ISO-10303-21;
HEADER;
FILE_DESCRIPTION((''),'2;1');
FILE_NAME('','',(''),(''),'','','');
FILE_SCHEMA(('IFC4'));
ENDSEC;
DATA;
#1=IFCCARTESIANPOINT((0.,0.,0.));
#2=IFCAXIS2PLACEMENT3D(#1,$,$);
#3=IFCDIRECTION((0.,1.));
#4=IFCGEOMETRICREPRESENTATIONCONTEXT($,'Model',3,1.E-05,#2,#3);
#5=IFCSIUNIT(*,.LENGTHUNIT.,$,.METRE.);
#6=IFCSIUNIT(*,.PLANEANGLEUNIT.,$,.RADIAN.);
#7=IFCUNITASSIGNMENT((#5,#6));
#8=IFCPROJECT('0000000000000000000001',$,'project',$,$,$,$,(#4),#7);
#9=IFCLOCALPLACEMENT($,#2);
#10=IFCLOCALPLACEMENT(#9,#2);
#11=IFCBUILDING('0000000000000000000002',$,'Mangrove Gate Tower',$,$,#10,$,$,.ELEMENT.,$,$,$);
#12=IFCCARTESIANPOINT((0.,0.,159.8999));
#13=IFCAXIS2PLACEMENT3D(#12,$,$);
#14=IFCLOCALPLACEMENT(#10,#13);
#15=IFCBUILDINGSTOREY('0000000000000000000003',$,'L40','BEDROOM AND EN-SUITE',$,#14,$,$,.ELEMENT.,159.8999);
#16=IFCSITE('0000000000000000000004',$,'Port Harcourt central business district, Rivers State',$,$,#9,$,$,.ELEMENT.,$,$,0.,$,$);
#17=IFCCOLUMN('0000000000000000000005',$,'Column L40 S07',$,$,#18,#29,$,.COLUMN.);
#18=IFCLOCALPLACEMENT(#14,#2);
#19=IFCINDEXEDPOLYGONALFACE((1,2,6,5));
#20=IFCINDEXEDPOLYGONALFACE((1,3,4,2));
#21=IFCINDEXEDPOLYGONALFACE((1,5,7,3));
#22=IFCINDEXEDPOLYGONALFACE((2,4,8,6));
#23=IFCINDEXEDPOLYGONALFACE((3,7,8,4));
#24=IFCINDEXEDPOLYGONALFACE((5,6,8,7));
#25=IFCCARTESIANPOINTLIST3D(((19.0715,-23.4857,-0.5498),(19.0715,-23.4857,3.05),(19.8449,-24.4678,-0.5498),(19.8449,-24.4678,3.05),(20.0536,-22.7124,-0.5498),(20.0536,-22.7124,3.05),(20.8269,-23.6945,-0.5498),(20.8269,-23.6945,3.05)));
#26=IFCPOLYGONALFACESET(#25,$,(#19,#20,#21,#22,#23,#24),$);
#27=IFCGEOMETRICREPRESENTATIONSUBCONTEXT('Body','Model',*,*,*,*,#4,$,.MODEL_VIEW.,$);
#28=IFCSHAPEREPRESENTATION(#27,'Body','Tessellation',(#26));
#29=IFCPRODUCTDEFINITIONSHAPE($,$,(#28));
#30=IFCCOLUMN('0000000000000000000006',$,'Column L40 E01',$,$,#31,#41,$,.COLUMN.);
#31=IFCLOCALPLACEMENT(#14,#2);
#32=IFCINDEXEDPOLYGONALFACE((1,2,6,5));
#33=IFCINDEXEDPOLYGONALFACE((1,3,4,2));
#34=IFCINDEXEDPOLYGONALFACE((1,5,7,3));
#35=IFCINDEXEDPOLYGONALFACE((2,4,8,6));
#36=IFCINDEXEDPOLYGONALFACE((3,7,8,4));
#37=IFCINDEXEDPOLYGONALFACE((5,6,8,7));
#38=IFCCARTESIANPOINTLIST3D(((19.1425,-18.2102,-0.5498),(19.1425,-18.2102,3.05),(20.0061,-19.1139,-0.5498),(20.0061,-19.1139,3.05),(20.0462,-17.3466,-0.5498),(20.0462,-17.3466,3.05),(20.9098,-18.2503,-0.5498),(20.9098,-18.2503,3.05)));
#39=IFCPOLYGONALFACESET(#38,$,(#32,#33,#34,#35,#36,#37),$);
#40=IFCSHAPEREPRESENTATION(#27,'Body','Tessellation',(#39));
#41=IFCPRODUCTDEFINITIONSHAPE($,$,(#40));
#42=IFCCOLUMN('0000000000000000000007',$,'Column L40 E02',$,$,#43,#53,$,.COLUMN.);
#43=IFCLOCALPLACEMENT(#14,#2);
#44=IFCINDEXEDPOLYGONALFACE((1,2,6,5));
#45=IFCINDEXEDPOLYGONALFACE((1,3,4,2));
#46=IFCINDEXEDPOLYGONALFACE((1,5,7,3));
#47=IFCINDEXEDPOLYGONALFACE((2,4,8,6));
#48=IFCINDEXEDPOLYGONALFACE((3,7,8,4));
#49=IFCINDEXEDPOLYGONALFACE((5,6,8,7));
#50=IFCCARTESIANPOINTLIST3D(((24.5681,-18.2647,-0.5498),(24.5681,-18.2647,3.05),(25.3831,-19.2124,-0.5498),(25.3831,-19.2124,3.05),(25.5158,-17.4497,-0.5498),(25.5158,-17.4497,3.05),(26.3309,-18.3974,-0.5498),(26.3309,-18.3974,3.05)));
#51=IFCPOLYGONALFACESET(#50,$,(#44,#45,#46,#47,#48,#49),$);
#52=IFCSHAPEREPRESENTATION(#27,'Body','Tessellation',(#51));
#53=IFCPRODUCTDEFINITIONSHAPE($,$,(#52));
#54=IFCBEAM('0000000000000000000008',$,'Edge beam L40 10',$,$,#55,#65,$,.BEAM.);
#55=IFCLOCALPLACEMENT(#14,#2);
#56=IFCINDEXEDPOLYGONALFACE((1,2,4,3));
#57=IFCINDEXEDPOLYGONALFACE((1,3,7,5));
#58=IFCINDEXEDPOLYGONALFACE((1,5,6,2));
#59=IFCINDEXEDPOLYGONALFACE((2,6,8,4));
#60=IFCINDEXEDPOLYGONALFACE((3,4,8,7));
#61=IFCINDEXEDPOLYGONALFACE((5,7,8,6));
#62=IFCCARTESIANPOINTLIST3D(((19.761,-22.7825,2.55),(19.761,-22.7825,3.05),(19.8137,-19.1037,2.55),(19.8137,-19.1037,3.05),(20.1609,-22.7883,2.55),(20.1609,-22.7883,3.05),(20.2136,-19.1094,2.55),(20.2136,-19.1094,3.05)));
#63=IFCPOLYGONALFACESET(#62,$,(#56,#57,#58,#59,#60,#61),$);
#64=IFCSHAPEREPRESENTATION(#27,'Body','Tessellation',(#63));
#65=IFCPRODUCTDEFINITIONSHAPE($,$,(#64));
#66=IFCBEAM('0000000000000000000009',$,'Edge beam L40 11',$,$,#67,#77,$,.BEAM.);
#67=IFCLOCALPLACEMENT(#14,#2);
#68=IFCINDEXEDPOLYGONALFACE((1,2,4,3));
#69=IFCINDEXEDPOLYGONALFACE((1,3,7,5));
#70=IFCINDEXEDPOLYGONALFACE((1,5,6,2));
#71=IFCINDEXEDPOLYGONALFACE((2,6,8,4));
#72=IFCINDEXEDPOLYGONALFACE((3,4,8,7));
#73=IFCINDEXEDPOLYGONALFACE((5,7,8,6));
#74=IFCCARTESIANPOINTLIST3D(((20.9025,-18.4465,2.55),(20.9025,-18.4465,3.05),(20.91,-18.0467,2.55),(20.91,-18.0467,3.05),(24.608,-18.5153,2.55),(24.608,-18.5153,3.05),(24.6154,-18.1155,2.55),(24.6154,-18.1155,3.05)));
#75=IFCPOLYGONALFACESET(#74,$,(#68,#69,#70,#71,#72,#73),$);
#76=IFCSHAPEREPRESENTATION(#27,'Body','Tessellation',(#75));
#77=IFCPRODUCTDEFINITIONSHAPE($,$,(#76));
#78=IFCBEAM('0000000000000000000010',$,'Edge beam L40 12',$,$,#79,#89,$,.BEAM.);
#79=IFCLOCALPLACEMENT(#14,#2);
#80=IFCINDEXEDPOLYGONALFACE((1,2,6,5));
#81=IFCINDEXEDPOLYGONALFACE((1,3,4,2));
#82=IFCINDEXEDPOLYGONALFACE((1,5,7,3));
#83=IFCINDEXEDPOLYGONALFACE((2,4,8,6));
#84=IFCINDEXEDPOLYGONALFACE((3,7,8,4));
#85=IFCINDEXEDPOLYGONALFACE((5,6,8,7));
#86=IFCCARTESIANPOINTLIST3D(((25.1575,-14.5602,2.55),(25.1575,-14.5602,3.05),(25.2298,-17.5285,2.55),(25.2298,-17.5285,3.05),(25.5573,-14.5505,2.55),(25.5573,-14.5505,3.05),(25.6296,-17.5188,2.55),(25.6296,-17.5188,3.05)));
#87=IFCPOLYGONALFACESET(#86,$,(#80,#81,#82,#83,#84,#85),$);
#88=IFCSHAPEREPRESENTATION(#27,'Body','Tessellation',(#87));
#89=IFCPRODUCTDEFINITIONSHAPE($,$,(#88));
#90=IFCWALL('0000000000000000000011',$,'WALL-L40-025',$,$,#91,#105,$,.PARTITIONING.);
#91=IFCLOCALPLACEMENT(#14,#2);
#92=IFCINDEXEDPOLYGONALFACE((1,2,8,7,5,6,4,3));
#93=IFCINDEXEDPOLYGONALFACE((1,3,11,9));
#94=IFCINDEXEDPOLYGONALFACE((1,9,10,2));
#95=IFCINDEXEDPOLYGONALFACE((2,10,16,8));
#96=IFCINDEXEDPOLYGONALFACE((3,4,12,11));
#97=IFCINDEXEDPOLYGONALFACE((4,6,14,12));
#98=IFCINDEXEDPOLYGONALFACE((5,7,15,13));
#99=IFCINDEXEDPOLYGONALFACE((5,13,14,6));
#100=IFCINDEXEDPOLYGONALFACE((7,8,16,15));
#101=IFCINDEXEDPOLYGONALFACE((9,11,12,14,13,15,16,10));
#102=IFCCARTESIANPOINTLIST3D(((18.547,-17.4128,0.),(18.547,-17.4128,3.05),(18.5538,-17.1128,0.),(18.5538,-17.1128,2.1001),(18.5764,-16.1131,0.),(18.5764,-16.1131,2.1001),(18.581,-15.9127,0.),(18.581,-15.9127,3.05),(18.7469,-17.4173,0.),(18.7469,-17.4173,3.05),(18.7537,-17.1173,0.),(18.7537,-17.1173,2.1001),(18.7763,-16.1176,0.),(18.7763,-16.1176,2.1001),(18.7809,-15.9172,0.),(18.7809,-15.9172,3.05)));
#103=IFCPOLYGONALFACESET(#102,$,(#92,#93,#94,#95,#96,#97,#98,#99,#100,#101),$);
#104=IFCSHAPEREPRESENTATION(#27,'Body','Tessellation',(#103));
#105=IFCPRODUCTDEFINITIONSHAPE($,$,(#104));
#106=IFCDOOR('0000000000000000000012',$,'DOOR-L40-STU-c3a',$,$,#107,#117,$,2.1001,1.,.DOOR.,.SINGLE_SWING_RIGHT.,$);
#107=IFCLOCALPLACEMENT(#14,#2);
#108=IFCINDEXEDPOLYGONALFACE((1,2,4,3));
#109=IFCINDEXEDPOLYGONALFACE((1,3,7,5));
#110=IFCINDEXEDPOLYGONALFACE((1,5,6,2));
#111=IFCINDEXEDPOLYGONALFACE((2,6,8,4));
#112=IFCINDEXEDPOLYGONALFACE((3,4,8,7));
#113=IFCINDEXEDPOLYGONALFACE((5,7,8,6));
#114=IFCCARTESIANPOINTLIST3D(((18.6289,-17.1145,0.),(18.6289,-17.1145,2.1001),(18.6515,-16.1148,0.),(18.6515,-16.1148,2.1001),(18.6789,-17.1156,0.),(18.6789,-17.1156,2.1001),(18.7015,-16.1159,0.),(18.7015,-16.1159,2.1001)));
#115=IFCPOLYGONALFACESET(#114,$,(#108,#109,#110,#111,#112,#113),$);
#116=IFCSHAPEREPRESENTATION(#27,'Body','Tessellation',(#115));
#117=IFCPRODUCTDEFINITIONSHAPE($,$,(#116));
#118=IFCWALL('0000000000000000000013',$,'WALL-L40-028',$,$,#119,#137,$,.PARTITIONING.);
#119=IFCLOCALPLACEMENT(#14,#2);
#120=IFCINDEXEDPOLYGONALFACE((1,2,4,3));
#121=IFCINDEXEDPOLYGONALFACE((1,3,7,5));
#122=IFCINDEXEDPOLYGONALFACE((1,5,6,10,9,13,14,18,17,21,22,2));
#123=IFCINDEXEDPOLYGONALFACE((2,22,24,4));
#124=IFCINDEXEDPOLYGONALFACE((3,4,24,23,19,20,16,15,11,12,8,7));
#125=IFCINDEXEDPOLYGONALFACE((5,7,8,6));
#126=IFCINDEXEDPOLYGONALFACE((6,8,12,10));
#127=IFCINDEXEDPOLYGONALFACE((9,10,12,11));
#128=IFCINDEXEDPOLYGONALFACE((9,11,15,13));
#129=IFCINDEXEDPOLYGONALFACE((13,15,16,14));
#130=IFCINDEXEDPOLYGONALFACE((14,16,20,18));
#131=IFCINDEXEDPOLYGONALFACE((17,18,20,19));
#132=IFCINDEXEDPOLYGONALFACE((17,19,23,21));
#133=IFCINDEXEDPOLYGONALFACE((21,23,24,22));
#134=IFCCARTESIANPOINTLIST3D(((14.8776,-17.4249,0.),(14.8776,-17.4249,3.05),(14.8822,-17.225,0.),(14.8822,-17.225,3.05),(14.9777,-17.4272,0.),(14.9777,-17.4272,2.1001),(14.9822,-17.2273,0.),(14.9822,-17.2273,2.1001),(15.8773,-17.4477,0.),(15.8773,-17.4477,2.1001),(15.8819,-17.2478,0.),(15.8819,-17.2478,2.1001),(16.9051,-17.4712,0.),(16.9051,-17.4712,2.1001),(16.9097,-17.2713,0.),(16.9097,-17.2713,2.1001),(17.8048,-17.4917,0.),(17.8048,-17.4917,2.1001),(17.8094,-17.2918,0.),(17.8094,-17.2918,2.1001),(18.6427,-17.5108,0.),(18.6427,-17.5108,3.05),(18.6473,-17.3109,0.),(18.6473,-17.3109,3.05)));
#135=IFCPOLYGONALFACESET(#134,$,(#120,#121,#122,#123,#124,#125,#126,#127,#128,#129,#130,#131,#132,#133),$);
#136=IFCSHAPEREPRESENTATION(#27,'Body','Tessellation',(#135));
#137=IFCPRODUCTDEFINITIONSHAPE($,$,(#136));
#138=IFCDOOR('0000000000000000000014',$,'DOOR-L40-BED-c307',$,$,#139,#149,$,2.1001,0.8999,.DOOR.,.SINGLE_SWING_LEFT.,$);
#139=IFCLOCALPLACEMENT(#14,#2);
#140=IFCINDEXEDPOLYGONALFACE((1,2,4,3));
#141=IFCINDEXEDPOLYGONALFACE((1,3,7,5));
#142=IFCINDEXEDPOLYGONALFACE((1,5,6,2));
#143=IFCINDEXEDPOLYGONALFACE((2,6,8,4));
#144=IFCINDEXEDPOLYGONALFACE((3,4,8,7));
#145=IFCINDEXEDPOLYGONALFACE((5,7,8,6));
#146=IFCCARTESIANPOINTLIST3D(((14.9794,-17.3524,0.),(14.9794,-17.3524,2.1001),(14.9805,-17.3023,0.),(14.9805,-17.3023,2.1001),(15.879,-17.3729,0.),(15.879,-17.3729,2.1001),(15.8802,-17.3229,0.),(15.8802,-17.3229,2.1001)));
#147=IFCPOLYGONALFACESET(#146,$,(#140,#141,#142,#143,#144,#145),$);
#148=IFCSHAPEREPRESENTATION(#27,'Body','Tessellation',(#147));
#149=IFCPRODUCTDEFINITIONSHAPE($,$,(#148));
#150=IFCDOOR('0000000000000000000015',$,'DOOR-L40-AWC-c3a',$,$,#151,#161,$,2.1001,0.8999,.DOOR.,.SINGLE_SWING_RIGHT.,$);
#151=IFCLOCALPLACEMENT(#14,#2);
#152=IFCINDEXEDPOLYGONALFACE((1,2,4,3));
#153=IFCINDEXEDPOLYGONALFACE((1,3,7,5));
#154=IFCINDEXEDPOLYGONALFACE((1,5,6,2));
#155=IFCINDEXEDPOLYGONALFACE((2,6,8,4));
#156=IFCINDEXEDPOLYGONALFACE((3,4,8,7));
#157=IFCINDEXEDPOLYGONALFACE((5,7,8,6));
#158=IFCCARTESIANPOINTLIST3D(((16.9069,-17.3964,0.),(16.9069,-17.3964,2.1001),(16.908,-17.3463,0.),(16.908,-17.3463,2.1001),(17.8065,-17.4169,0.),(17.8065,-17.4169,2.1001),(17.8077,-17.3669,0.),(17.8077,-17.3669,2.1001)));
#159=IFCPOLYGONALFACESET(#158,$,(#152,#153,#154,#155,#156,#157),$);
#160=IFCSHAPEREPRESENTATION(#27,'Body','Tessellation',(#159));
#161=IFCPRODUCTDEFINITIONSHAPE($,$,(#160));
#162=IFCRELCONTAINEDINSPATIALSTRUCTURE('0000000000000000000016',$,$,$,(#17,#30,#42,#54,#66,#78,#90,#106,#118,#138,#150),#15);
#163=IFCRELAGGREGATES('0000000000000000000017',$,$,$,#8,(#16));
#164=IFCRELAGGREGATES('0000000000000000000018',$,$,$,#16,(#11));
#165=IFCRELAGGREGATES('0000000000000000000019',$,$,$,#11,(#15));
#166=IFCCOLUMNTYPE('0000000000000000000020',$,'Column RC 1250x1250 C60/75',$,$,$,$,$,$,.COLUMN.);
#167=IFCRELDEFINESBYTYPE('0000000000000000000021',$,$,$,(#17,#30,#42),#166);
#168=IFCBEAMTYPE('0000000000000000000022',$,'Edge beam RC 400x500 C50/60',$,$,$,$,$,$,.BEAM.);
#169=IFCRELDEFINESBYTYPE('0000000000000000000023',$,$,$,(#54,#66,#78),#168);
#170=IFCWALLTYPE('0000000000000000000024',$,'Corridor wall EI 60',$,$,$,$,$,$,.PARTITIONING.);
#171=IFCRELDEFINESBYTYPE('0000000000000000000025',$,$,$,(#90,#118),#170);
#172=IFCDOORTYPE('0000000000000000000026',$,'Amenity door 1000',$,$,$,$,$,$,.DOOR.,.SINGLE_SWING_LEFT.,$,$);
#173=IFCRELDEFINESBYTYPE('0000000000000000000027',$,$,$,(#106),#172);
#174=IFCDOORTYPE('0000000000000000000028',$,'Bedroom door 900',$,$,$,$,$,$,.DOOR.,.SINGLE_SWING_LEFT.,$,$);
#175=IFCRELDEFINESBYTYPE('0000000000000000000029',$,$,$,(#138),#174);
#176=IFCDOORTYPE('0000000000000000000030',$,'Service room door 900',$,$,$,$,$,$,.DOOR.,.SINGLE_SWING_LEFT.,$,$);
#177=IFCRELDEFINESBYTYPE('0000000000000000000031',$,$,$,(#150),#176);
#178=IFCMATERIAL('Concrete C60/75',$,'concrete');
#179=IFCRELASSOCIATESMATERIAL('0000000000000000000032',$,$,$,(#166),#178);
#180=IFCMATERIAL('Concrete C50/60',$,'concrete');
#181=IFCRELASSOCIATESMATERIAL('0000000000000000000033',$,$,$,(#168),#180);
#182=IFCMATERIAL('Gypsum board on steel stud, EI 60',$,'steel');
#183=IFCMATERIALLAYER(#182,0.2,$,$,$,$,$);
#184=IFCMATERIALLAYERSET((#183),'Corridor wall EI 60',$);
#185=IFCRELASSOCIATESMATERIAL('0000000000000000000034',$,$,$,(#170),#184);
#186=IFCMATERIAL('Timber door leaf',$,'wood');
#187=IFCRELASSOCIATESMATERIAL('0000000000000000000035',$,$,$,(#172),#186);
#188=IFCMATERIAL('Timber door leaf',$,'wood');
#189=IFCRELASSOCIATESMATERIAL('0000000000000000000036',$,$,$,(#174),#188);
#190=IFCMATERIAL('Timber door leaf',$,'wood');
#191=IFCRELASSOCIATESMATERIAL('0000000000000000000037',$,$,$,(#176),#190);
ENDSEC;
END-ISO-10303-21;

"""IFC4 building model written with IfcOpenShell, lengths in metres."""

from ifc_helpers import new_model, si_unit, direction, frame, frame_2d, origin, origin_2d, place, context, subcontext, project, spatial, rectangle, extrude, material, layer, layer_set, material_profile, profile_set, type_object, element, fill, save


model = new_model("IFC4")

# Units and contexts
model_context = context("Model", 3, precision=1e-05, world=origin(), true_north=direction((0.0, 1.0)))
body_context = subcontext(model_context, "Body", "Model", "MODEL_VIEW")
ifc_project = project(units=[si_unit("LENGTHUNIT", "METRE"), si_unit("PLANEANGLEUNIT", "RADIAN")], contexts=[model_context])

# Site, building, storey
site_placement = place(None, origin())
site = spatial("IfcSite", under=ifc_project, at=site_placement, Name="Port Harcourt central business district, Rivers State", CompositionType="ELEMENT", RefElevation=0.0)
building_placement = place(site_placement, origin())
building = spatial("IfcBuilding", under=site, at=building_placement, Name="Mangrove Gate Tower", CompositionType="ELEMENT")
storey_placement = place(building_placement, frame((0.0, 0.0, 159.8999)))
storey = spatial("IfcBuildingStorey", under=building, at=storey_placement, Name="L40", Description="BEDROOM AND EN-SUITE", CompositionType="ELEMENT", Elevation=159.8999)

# Columns
ifc_material_1 = material(Name="Concrete C60/75", Category="concrete")
ifc_material_profile_1 = material_profile(ifc_material_1, rectangle(XDim=1.25, YDim=1.25, at=origin_2d()))
ifc_profile_set_1 = profile_set([ifc_material_profile_1], Name="Concrete C60/75")
column_type = type_object("IfcColumnType", Name="Column RC 1250x1250 C60/75", PredefinedType="COLUMN", material=ifc_profile_set_1)
for number, where, z_axis, x_axis, name in (
    (1, (19.9492, -23.5901, -0.5498), (0.0, 0.0, 1.0), (0.785651, 0.61867, 0.0), "Column L40 S07"),
    (2, (20.0261, -18.2302, -0.5498), (0.0, 0.0, 1.0), (0.722966, 0.690884, 0.0), "Column L40 E01"),
    (3, (25.4495, -18.3311, -0.5498), (0.0, 0.0, 1.0), (0.758168, 0.65206, 0.0), "Column L40 E02"),
):
    element("IfcColumn", number, at=place(storey_placement, frame(where, z_axis=z_axis, x_axis=x_axis)), inside=storey, type_object=column_type, Name=name, PredefinedType="COLUMN", context=body_context, shape_type="SweptSolid", body=[
        extrude(rectangle(XDim=1.25, YDim=1.25, at=origin_2d()), origin(), (0.0, 0.0, 1.0), 3.5999),
    ])

# Beams
ifc_material_2 = material(Name="Concrete C50/60", Category="concrete")
ifc_material_profile_2 = material_profile(ifc_material_2, rectangle(XDim=0.3999, YDim=0.5, at=origin_2d()))
ifc_profile_set_2 = profile_set([ifc_material_profile_2], Name="Concrete C50/60")
beam_type = type_object("IfcBeamType", Name="Edge beam RC 400x500 C50/60", PredefinedType="BEAM", material=ifc_profile_set_2)
beam_1_placement = place(storey_placement, frame((19.9609, -22.7854, 2.8), z_axis=(0.014334, 0.999897, 0.0), x_axis=(-0.999897, 0.014334, 0.0)))
element("IfcBeam", 4, at=beam_1_placement, inside=storey, type_object=beam_type, Name="Edge beam L40 10", PredefinedType="BEAM", context=body_context, shape_type="SweptSolid", body=[
    extrude(rectangle(XDim=0.3999, YDim=0.5, at=origin_2d()), origin(), (0.0, 0.0, 1.0), 3.6792),
])
beam_2_placement = place(storey_placement, frame((20.9062, -18.2466, 2.8), z_axis=(0.999827, -0.018578, 0.0), x_axis=(0.018578, 0.999827, 0.0)))
element("IfcBeam", 5, at=beam_2_placement, inside=storey, type_object=beam_type, Name="Edge beam L40 11", PredefinedType="BEAM", context=body_context, shape_type="SweptSolid", body=[
    extrude(rectangle(XDim=0.3999, YDim=0.5, at=origin_2d()), origin(), (0.0, 0.0, 1.0), 3.7061),
])
beam_3_placement = place(storey_placement, frame((25.4297, -17.5237, 2.8), z_axis=(-0.024339, 0.999704, 0.0), x_axis=(-0.999704, -0.024339, 0.0)))
element("IfcBeam", 6, at=beam_3_placement, inside=storey, type_object=beam_type, Name="Edge beam L40 12", PredefinedType="BEAM", context=body_context, shape_type="SweptSolid", body=[
    extrude(rectangle(XDim=0.3999, YDim=0.5, at=origin_2d()), origin(), (0.0, 0.0, 1.0), 2.9692),
])

# Wall, opening, door
ifc_material_3 = material(Name="Gypsum board on steel stud, EI 60", Category="steel")
ifc_layer_1 = layer(ifc_material_3, 0.2)
ifc_layer_set_1 = layer_set([ifc_layer_1], Name="Corridor wall EI 60")
wall_type_1 = type_object("IfcWallType", Name="Corridor wall EI 60", PredefinedType="PARTITIONING", material=ifc_layer_set_1)
wall_1_placement = place(storey_placement, frame((18.647, -17.415, 0.0), z_axis=(0.0, 0.0, 1.0), x_axis=(0.022618, 0.999744, 0.0)))
wall_1 = element("IfcWall", 7, at=wall_1_placement, inside=storey, type_object=wall_type_1, Name="WALL-L40-025", PredefinedType="PARTITIONING", context=body_context, shape_type="SweptSolid", body=[
    extrude(rectangle(XDim=1.5005, YDim=0.2, at=frame_2d((0.7502, 0.0))), origin(), (0.0, 0.0, 1.0), 3.05),
])
opening_1_placement = place(wall_1_placement, frame((0.3, 0.0, 0.0)))
opening_1 = element("IfcOpeningElement", 8, at=opening_1_placement, cuts=wall_1, PredefinedType="OPENING", context=body_context, shape_type="SweptSolid", body=[
    extrude(rectangle(XDim=1.0, YDim=2.1001, at=frame_2d((0.5, 1.05))), frame((0.0, 0.1099, 0.0), z_axis=(0.0, -1.0, 0.0), x_axis=(1.0, 0.0, 0.0)), (0.0, 0.0, 1.0), 0.22),
])
ifc_material_4 = material(Name="Timber door leaf", Category="wood")
door_type_1 = type_object("IfcDoorType", Name="Amenity door 1000", OperationType="SINGLE_SWING_LEFT", PredefinedType="DOOR", material=ifc_material_4)
door_1_placement = place(opening_1_placement, origin())
door_1 = element("IfcDoor", 9, at=door_1_placement, inside=storey, type_object=door_type_1, Name="DOOR-L40-STU-c3a", OperationType="SINGLE_SWING_RIGHT", OverallHeight=2.1001, OverallWidth=1.0, PredefinedType="DOOR", context=body_context, shape_type="SweptSolid", body=[
    extrude(rectangle(XDim=1.0, YDim=2.1001, at=frame_2d((0.5, 1.05))), frame((0.0, 0.0249, 0.0), z_axis=(0.0, -1.0, 0.0), x_axis=(1.0, 0.0, 0.0)), (0.0, 0.0, 1.0), 0.05),
])
fill(opening_1, door_1)

# Wall, openings, doors
wall_2_placement = place(storey_placement, frame((14.8799, -17.325, 0.0), z_axis=(0.0, 0.0, 1.0), x_axis=(0.99974, -0.022819, 0.0)))
wall_2 = element("IfcWall", 10, at=wall_2_placement, inside=storey, type_object=wall_type_1, Name="WALL-L40-028", PredefinedType="PARTITIONING", context=body_context, shape_type="SweptSolid", body=[
    extrude(rectangle(XDim=3.7661, YDim=0.2, at=frame_2d((1.8831, 0.0))), origin(), (0.0, 0.0, 1.0), 3.05),
])
opening_2_placement = place(wall_2_placement, frame((0.1001, 0.0, 0.0)))
opening_2 = element("IfcOpeningElement", 11, at=opening_2_placement, cuts=wall_2, PredefinedType="OPENING", context=body_context, shape_type="SweptSolid", body=[
    extrude(rectangle(XDim=0.8999, YDim=2.1001, at=frame_2d((0.45, 1.05))), frame((0.0, 0.1099, 0.0), z_axis=(0.0, -1.0, 0.0), x_axis=(1.0, 0.0, 0.0)), (0.0, 0.0, 1.0), 0.22),
])
opening_3_placement = place(wall_2_placement, frame((2.0281, 0.0, 0.0)))
opening_3 = element("IfcOpeningElement", 12, at=opening_3_placement, cuts=wall_2, PredefinedType="OPENING", context=body_context, shape_type="SweptSolid", body=[
    extrude(rectangle(XDim=0.8999, YDim=2.1001, at=frame_2d((0.45, 1.05))), frame((0.0, 0.1099, 0.0), z_axis=(0.0, -1.0, 0.0), x_axis=(1.0, 0.0, 0.0)), (0.0, 0.0, 1.0), 0.22),
])
ifc_material_5 = material(Name="Timber door leaf", Category="wood")
door_type_2 = type_object("IfcDoorType", Name="Bedroom door 900", OperationType="SINGLE_SWING_LEFT", PredefinedType="DOOR", material=ifc_material_5)
door_2_placement = place(opening_2_placement, origin())
door_2 = element("IfcDoor", 13, at=door_2_placement, inside=storey, type_object=door_type_2, Name="DOOR-L40-BED-c307", OperationType="SINGLE_SWING_LEFT", OverallHeight=2.1001, OverallWidth=0.8999, PredefinedType="DOOR", context=body_context, shape_type="SweptSolid", body=[
    extrude(rectangle(XDim=0.8999, YDim=2.1001, at=frame_2d((0.45, 1.05))), frame((0.0, 0.0249, 0.0), z_axis=(0.0, -1.0, 0.0), x_axis=(1.0, 0.0, 0.0)), (0.0, 0.0, 1.0), 0.05),
])
fill(opening_2, door_2)
ifc_material_6 = material(Name="Timber door leaf", Category="wood")
door_type_3 = type_object("IfcDoorType", Name="Service room door 900", OperationType="SINGLE_SWING_LEFT", PredefinedType="DOOR", material=ifc_material_6)
door_3_placement = place(opening_3_placement, origin())
door_3 = element("IfcDoor", 14, at=door_3_placement, inside=storey, type_object=door_type_3, Name="DOOR-L40-AWC-c3a", OperationType="SINGLE_SWING_RIGHT", OverallHeight=2.1001, OverallWidth=0.8999, PredefinedType="DOOR", context=body_context, shape_type="SweptSolid", body=[
    extrude(rectangle(XDim=0.8999, YDim=2.1001, at=frame_2d((0.45, 1.05))), frame((0.0, 0.0249, 0.0), z_axis=(0.0, -1.0, 0.0), x_axis=(1.0, 0.0, 0.0)), (0.0, 0.0, 1.0), 0.05),
])
fill(opening_3, door_3)

save(model, "model.ifc")
